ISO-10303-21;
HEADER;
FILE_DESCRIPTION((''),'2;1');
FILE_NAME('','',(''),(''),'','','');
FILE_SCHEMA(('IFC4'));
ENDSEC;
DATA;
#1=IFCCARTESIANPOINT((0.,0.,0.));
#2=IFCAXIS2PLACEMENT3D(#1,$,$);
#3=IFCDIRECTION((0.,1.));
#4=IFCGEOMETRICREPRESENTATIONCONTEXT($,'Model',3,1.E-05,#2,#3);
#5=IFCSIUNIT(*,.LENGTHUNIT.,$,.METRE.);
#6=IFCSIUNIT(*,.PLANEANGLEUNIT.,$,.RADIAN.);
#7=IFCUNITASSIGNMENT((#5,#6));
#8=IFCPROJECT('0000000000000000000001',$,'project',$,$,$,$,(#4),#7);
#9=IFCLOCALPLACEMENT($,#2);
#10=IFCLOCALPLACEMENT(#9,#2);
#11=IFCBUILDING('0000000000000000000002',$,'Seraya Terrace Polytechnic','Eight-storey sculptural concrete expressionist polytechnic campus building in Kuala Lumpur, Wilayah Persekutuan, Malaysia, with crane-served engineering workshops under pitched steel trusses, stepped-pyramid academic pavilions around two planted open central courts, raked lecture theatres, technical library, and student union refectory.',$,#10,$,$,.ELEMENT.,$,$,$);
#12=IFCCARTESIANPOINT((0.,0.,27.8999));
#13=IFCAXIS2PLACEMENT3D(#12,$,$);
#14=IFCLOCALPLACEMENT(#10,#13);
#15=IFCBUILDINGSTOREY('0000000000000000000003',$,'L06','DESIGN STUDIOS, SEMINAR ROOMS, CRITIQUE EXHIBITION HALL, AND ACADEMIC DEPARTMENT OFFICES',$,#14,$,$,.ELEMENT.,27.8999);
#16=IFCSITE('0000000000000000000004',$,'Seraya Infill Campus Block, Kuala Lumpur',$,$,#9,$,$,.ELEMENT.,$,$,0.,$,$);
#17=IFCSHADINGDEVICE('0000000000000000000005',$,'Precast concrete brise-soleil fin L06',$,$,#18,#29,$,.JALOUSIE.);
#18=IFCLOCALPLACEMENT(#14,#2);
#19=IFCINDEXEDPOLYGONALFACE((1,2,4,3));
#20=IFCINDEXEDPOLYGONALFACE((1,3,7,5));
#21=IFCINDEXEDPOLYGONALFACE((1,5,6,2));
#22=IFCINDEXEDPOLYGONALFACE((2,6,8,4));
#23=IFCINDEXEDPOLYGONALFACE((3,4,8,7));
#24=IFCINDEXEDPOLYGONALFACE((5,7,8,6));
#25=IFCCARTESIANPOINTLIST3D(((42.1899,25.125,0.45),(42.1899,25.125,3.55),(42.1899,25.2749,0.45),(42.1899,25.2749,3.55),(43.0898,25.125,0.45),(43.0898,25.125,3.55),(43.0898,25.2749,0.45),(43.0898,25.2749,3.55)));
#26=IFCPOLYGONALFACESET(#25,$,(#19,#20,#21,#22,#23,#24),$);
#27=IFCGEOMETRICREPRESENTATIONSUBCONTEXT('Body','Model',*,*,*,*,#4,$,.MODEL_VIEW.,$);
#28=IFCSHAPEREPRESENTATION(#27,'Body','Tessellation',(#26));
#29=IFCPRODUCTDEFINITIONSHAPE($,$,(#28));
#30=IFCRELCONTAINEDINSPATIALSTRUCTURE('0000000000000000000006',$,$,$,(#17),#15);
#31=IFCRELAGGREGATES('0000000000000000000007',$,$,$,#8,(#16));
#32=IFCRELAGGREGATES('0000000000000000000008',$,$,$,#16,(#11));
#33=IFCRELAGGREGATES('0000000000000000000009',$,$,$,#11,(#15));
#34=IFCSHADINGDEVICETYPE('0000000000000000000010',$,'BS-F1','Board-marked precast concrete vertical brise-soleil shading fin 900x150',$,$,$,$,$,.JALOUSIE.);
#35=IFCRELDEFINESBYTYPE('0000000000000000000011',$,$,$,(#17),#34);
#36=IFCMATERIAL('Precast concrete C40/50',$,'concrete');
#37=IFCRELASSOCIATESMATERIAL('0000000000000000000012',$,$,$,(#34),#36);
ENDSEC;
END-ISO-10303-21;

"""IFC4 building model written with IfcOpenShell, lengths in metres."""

from ifc_helpers import new_model, si_unit, direction, frame, origin, origin_2d, place, context, subcontext, project, spatial, rectangle, extrude, material, type_object, element, save


model = new_model("IFC4")

# Units and contexts
model_context = context("Model", 3, precision=1e-05, world=origin(), true_north=direction((0.0, 1.0)))
body_context = subcontext(model_context, "Body", "Model", "MODEL_VIEW")
ifc_project = project(units=[si_unit("LENGTHUNIT", "METRE"), si_unit("PLANEANGLEUNIT", "RADIAN")], contexts=[model_context])

# Site, building, storey
site_placement = place(None, origin())
site = spatial("IfcSite", under=ifc_project, at=site_placement, Name="Seraya Infill Campus Block, Kuala Lumpur", CompositionType="ELEMENT", RefElevation=0.0)
building_placement = place(site_placement, origin())
building = spatial("IfcBuilding", under=site, at=building_placement, Name="Seraya Terrace Polytechnic", Description="Eight-storey sculptural concrete expressionist polytechnic campus building in Kuala Lumpur, Wilayah Persekutuan, Malaysia, with crane-served engineering workshops under pitched steel trusses, stepped-pyramid academic pavilions around two planted open central courts, raked lecture theatres, technical library, and student union refectory.", CompositionType="ELEMENT")
storey_placement = place(building_placement, frame((0.0, 0.0, 27.8999)))
storey = spatial("IfcBuildingStorey", under=building, at=storey_placement, Name="L06", Description="DESIGN STUDIOS, SEMINAR ROOMS, CRITIQUE EXHIBITION HALL, AND ACADEMIC DEPARTMENT OFFICES", CompositionType="ELEMENT", Elevation=27.8999)

# Shared definitions
ifc_material_1 = material(Name="Precast concrete C40/50", Category="concrete")

# Shading device
shading_device_type = type_object("IfcShadingDeviceType", Name="BS-F1", Description="Board-marked precast concrete vertical brise-soleil shading fin 900x150", PredefinedType="JALOUSIE", material=ifc_material_1)
shading_device_placement = place(storey_placement, frame((42.6399, 25.2, 0.45), z_axis=(0.0, 0.0, 1.0), x_axis=(-1.0, 0.0, 0.0)))
element("IfcShadingDevice", 1, at=shading_device_placement, inside=storey, type_object=shading_device_type, Name="Precast concrete brise-soleil fin L06", PredefinedType="JALOUSIE", context=body_context, shape_type="SweptSolid", body=[
    extrude(rectangle(XDim=0.8999, YDim=0.1499, at=origin_2d()), origin(), (0.0, 0.0, 1.0), 3.1001),
])

save(model, "model.ifc")
